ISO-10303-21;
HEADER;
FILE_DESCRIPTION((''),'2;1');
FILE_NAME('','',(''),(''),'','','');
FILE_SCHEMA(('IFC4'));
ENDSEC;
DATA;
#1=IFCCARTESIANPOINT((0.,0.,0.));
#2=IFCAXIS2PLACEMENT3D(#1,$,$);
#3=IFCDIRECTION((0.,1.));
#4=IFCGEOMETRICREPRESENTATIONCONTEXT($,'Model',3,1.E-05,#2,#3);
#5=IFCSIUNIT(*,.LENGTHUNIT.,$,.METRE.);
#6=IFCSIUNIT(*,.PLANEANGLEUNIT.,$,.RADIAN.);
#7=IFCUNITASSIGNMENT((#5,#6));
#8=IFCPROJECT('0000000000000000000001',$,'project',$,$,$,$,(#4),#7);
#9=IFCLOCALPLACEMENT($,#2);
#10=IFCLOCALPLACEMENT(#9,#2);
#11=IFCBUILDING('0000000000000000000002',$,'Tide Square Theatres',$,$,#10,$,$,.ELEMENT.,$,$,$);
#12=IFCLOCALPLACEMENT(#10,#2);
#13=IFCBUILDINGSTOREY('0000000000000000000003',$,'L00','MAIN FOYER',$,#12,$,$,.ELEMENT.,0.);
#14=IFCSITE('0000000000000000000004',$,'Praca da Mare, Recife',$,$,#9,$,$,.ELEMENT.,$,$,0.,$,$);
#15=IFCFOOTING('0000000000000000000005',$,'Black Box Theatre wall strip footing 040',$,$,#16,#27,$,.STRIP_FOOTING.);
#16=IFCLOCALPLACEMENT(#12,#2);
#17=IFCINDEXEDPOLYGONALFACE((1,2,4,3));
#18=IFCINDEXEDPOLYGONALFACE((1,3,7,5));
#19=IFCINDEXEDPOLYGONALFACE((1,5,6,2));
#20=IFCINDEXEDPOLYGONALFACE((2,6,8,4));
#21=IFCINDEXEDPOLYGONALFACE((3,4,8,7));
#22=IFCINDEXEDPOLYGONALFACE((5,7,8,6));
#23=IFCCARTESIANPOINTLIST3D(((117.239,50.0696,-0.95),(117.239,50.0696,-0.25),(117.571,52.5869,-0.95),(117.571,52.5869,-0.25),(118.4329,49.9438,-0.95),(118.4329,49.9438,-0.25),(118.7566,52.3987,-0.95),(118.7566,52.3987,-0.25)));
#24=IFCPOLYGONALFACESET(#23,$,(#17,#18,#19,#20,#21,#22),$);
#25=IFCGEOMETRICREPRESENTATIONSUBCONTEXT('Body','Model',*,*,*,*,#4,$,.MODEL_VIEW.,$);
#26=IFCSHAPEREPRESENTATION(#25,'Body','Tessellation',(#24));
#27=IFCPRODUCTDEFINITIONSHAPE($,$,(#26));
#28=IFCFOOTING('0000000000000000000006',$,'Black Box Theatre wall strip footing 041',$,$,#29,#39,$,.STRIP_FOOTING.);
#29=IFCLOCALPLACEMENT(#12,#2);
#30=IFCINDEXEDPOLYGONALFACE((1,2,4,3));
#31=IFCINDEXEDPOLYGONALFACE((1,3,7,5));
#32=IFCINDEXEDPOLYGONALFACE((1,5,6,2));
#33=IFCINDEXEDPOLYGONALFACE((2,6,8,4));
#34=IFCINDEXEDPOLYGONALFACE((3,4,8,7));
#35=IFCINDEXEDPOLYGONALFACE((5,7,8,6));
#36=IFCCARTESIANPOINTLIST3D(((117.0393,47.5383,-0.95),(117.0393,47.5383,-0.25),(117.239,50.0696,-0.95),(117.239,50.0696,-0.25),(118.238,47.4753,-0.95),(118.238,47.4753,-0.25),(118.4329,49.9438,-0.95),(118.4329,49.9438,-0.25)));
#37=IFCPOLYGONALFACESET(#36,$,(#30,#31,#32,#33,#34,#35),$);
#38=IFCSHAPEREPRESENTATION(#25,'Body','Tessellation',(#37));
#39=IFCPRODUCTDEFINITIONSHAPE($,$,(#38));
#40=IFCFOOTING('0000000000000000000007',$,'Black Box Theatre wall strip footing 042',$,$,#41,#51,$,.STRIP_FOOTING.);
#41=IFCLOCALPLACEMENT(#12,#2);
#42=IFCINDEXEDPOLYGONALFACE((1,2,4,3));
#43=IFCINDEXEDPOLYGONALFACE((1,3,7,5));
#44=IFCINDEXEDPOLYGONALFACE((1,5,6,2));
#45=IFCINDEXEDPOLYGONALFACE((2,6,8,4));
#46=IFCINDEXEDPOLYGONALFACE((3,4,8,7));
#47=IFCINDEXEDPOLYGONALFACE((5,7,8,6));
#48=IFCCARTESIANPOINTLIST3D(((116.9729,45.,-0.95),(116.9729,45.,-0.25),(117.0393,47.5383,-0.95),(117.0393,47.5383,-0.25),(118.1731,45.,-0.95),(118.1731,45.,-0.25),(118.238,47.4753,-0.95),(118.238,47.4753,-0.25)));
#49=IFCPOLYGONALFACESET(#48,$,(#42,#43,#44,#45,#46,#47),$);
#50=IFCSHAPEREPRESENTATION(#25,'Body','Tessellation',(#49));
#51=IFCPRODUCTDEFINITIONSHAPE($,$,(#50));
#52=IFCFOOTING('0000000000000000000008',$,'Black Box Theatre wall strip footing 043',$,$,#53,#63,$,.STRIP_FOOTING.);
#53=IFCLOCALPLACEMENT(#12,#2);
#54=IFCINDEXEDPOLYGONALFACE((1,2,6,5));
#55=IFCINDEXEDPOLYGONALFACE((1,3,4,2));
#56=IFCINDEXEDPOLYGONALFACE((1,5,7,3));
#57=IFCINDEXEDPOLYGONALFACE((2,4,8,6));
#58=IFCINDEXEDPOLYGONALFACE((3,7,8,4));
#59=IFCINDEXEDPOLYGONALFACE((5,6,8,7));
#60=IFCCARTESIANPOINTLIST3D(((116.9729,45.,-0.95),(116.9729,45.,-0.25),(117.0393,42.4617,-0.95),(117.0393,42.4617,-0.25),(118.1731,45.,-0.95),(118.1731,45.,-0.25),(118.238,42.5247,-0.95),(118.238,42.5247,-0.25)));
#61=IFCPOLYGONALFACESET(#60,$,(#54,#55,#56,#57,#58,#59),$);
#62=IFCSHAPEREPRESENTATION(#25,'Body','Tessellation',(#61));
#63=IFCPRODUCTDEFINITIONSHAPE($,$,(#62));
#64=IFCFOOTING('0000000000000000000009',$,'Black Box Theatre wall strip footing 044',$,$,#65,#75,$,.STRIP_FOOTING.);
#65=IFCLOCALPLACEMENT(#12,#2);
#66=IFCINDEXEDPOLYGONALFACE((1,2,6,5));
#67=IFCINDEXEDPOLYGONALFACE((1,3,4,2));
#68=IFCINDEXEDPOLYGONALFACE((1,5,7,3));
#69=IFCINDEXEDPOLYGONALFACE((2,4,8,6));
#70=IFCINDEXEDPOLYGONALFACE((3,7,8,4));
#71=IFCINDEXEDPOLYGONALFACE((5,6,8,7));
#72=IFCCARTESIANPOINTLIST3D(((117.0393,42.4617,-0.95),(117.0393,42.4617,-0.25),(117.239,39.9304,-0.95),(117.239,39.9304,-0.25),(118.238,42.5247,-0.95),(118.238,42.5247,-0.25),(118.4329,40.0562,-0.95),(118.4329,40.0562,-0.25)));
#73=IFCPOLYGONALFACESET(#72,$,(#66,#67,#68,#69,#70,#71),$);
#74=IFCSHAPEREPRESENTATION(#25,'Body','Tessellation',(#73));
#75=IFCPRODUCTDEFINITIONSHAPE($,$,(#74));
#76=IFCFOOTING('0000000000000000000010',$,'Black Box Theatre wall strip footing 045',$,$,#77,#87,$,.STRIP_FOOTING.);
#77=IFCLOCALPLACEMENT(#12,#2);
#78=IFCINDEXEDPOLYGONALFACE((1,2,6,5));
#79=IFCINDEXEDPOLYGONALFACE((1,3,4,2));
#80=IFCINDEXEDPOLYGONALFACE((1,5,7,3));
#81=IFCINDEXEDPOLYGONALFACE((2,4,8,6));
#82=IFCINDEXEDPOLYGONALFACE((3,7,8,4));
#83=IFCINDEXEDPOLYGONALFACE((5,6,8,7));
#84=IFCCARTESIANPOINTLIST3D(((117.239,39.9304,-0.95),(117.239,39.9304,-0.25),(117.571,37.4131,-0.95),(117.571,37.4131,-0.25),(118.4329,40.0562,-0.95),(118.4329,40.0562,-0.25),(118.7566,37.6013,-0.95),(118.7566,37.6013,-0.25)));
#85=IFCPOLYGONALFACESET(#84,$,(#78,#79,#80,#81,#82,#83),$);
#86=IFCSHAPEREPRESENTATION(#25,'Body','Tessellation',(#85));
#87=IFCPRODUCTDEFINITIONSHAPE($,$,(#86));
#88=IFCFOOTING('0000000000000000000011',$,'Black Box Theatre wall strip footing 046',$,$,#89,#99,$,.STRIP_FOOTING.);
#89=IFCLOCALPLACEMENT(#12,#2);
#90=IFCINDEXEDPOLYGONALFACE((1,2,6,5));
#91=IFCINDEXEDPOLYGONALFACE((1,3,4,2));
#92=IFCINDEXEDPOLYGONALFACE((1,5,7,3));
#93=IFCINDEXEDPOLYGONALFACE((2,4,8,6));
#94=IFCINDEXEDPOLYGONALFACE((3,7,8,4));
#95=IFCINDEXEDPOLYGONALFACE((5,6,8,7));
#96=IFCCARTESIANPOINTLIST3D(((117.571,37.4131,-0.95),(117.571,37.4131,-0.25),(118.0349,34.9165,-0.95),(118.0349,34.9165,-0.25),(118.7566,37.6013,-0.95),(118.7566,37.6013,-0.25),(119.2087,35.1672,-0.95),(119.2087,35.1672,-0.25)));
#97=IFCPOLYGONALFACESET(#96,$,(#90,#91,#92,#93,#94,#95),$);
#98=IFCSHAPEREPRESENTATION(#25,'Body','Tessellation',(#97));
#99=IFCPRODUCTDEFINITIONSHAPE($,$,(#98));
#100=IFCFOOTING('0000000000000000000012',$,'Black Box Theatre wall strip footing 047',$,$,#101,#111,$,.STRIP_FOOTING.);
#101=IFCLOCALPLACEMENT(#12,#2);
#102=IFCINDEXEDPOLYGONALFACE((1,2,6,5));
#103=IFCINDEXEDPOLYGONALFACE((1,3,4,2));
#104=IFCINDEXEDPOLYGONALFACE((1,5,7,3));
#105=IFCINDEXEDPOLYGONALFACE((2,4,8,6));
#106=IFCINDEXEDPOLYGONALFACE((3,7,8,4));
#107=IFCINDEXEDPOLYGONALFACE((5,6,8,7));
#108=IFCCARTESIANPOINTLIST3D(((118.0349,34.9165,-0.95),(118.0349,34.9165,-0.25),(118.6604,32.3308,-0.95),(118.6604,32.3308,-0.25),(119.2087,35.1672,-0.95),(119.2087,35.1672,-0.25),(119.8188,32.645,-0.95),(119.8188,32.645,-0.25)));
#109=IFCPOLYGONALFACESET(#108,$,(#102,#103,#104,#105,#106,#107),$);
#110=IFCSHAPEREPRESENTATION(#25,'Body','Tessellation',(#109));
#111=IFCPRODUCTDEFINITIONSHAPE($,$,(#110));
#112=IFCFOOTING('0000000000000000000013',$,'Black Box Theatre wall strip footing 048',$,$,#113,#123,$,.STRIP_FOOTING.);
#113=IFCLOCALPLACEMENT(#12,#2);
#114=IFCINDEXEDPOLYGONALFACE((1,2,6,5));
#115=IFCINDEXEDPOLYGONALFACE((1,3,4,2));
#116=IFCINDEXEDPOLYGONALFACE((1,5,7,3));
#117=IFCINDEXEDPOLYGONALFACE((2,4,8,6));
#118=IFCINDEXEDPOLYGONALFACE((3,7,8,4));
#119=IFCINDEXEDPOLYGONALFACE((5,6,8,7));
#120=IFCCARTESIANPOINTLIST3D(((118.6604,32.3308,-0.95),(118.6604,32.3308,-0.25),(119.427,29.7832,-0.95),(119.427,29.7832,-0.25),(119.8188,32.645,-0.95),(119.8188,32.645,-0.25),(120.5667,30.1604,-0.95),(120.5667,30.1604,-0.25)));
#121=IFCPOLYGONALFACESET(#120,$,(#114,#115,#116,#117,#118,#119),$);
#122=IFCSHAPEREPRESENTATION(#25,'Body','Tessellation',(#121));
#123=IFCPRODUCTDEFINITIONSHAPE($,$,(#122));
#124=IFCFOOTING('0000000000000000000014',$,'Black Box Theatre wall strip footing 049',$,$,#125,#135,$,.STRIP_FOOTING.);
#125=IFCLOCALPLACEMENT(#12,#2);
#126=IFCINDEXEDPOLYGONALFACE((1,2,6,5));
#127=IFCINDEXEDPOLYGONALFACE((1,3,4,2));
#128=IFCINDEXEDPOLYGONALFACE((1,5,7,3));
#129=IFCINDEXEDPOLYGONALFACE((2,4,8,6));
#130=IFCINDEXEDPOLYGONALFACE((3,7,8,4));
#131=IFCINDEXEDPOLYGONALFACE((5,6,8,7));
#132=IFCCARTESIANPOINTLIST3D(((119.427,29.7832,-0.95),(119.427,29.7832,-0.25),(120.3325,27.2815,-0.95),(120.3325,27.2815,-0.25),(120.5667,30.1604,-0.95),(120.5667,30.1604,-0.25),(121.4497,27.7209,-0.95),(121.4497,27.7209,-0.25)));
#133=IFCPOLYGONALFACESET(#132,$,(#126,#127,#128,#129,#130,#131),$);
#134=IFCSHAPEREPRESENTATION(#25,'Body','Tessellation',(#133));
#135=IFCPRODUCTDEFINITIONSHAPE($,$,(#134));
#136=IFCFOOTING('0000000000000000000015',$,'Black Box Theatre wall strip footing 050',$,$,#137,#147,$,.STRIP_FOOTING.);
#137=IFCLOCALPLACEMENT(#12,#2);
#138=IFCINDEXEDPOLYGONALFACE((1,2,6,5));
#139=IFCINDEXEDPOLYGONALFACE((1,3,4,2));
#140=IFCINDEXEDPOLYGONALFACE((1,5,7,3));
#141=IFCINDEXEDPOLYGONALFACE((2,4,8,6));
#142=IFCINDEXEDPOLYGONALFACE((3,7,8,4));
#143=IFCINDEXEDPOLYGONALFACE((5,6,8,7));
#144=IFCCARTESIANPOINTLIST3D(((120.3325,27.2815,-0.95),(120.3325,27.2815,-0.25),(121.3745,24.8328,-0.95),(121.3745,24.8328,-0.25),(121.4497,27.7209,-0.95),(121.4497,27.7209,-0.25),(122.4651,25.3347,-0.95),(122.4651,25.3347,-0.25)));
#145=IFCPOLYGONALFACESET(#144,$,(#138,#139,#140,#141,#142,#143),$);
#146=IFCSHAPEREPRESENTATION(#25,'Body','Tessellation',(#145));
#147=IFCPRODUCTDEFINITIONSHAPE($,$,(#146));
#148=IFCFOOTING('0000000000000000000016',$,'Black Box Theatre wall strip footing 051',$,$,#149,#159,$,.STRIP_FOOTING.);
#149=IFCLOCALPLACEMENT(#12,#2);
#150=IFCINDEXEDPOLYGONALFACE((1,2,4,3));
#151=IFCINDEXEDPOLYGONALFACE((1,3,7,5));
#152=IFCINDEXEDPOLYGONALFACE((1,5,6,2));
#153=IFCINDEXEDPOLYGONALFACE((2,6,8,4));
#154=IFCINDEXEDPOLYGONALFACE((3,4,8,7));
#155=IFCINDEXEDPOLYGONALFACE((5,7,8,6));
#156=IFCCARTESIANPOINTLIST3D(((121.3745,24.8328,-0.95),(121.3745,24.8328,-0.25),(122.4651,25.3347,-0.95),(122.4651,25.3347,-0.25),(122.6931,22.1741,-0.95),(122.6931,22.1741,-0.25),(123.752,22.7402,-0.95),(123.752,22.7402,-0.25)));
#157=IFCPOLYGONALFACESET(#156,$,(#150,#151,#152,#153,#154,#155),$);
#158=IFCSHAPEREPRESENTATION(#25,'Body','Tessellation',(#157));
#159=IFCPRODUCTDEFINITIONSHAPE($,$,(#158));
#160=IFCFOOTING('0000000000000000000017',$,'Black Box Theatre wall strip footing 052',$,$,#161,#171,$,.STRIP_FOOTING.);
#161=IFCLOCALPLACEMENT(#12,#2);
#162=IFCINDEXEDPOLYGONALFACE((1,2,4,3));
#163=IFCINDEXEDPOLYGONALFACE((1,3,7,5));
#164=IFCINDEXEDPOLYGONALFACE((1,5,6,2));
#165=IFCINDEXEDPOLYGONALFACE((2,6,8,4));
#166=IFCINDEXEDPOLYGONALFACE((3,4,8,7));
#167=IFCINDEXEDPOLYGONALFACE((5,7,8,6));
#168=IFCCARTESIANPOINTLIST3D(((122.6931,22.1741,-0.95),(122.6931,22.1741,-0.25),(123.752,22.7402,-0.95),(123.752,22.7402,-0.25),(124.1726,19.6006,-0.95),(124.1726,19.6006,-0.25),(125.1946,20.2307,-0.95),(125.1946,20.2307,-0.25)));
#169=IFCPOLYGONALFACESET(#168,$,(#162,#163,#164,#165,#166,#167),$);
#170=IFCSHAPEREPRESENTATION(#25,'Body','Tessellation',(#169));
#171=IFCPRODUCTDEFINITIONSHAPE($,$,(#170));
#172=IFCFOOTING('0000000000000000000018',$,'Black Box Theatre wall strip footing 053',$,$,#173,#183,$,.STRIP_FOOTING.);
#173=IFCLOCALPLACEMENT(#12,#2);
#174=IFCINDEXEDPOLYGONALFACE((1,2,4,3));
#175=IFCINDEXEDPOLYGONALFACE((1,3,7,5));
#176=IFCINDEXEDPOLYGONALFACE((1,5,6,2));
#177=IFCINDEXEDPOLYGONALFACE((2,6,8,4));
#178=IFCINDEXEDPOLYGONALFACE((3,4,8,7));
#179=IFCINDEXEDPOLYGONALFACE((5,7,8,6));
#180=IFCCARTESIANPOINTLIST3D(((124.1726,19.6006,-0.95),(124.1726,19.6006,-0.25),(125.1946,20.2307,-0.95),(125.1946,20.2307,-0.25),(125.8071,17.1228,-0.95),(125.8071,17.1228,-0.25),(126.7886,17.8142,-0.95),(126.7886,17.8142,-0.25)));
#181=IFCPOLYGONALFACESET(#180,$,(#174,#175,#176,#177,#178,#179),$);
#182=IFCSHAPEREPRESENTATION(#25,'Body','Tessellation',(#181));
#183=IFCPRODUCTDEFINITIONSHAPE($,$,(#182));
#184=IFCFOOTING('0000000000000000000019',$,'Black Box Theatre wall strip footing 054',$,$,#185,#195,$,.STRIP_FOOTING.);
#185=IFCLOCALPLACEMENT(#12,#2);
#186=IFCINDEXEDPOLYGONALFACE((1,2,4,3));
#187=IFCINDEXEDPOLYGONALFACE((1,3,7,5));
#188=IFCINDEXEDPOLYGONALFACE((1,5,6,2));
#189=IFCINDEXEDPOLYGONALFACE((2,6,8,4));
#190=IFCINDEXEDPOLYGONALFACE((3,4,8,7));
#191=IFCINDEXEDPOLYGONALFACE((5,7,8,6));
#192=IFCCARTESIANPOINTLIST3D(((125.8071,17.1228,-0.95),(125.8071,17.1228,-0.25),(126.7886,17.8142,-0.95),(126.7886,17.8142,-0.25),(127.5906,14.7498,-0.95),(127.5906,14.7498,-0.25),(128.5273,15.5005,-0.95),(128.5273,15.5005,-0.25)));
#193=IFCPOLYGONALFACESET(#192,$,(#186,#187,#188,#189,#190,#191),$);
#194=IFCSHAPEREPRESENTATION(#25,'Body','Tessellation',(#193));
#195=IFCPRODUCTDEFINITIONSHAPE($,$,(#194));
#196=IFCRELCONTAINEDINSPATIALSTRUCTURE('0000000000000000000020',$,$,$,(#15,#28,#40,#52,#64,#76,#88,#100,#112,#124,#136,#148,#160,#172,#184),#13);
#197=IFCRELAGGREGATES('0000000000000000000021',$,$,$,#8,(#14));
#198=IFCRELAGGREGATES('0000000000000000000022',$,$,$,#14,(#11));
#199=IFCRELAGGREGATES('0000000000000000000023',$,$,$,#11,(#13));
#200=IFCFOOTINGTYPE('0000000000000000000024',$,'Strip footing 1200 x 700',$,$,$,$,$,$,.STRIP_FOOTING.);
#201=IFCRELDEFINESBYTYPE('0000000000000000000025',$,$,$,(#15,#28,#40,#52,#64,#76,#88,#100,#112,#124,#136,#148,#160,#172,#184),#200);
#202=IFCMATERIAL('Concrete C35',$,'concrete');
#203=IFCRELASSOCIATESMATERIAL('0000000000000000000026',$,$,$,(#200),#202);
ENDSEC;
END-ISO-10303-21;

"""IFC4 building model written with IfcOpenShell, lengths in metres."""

from ifc_helpers import new_model, si_unit, direction, frame, origin, place, context, subcontext, project, spatial, polyline, outline, extrude, material, type_object, element, save


model = new_model("IFC4")

# Units and contexts
model_context = context("Model", 3, precision=1e-05, world=origin(), true_north=direction((0.0, 1.0)))
body_context = subcontext(model_context, "Body", "Model", "MODEL_VIEW")
ifc_project = project(units=[si_unit("LENGTHUNIT", "METRE"), si_unit("PLANEANGLEUNIT", "RADIAN")], contexts=[model_context])

# Site, building, storey
site_placement = place(None, origin())
site = spatial("IfcSite", under=ifc_project, at=site_placement, Name="Praca da Mare, Recife", CompositionType="ELEMENT", RefElevation=0.0)
building_placement = place(site_placement, origin())
building = spatial("IfcBuilding", under=site, at=building_placement, Name="Tide Square Theatres", CompositionType="ELEMENT")
storey_placement = place(building_placement, origin())
storey = spatial("IfcBuildingStorey", under=building, at=storey_placement, Name="L00", Description="MAIN FOYER", CompositionType="ELEMENT", Elevation=0.0)

# Footings
ifc_material_1 = material(Name="Concrete C35", Category="concrete")
footing_type_1 = type_object("IfcFootingType", Name="Strip footing 1200 x 700", PredefinedType="STRIP_FOOTING", material=ifc_material_1)
footing_1_placement = place(storey_placement, frame((0.0, 0.0, -0.95)))
element("IfcFooting", 1, at=footing_1_placement, inside=storey, type_object=footing_type_1, Name="Black Box Theatre wall strip footing 040", PredefinedType="STRIP_FOOTING", context=body_context, shape_type="SweptSolid", body=[
    extrude(outline(polyline([(117.571, 52.5869), (117.239, 50.0696), (118.4329, 49.9438), (118.7566, 52.3987), (117.571, 52.5869)])), origin(), (0.0, 0.0, 1.0), 0.7),
])
footing_2_placement = place(storey_placement, frame((0.0, 0.0, -0.95)))
element("IfcFooting", 2, at=footing_2_placement, inside=storey, type_object=footing_type_1, Name="Black Box Theatre wall strip footing 041", PredefinedType="STRIP_FOOTING", context=body_context, shape_type="SweptSolid", body=[
    extrude(outline(polyline([(117.239, 50.0696), (117.0393, 47.5383), (118.238, 47.4753), (118.4329, 49.9438), (117.239, 50.0696)])), origin(), (0.0, 0.0, 1.0), 0.7),
])
footing_3_placement = place(storey_placement, frame((0.0, 0.0, -0.95)))
element("IfcFooting", 3, at=footing_3_placement, inside=storey, type_object=footing_type_1, Name="Black Box Theatre wall strip footing 042", PredefinedType="STRIP_FOOTING", context=body_context, shape_type="SweptSolid", body=[
    extrude(outline(polyline([(117.0393, 47.5383), (116.9729, 45.0), (118.1731, 45.0), (118.238, 47.4753), (117.0393, 47.5383)])), origin(), (0.0, 0.0, 1.0), 0.7),
])
footing_4_placement = place(storey_placement, frame((0.0, 0.0, -0.95)))
element("IfcFooting", 4, at=footing_4_placement, inside=storey, type_object=footing_type_1, Name="Black Box Theatre wall strip footing 043", PredefinedType="STRIP_FOOTING", context=body_context, shape_type="SweptSolid", body=[
    extrude(outline(polyline([(116.9729, 45.0), (117.0393, 42.4617), (118.238, 42.5247), (118.1731, 45.0), (116.9729, 45.0)])), origin(), (0.0, 0.0, 1.0), 0.7),
])
footing_5_placement = place(storey_placement, frame((0.0, 0.0, -0.95)))
element("IfcFooting", 5, at=footing_5_placement, inside=storey, type_object=footing_type_1, Name="Black Box Theatre wall strip footing 044", PredefinedType="STRIP_FOOTING", context=body_context, shape_type="SweptSolid", body=[
    extrude(outline(polyline([(117.0393, 42.4617), (117.239, 39.9304), (118.4329, 40.0562), (118.238, 42.5247), (117.0393, 42.4617)])), origin(), (0.0, 0.0, 1.0), 0.7),
])
footing_6_placement = place(storey_placement, frame((0.0, 0.0, -0.95)))
element("IfcFooting", 6, at=footing_6_placement, inside=storey, type_object=footing_type_1, Name="Black Box Theatre wall strip footing 045", PredefinedType="STRIP_FOOTING", context=body_context, shape_type="SweptSolid", body=[
    extrude(outline(polyline([(117.239, 39.9304), (117.571, 37.4131), (118.7566, 37.6013), (118.4329, 40.0562), (117.239, 39.9304)])), origin(), (0.0, 0.0, 1.0), 0.7),
])
footing_7_placement = place(storey_placement, frame((0.0, 0.0, -0.95)))
element("IfcFooting", 7, at=footing_7_placement, inside=storey, type_object=footing_type_1, Name="Black Box Theatre wall strip footing 046", PredefinedType="STRIP_FOOTING", context=body_context, shape_type="SweptSolid", body=[
    extrude(outline(polyline([(117.571, 37.4131), (118.0349, 34.9165), (119.2087, 35.1672), (118.7566, 37.6013), (117.571, 37.4131)])), origin(), (0.0, 0.0, 1.0), 0.7),
])
footing_8_placement = place(storey_placement, frame((0.0, 0.0, -0.95)))
element("IfcFooting", 8, at=footing_8_placement, inside=storey, type_object=footing_type_1, Name="Black Box Theatre wall strip footing 047", PredefinedType="STRIP_FOOTING", context=body_context, shape_type="SweptSolid", body=[
    extrude(outline(polyline([(118.0349, 34.9165), (118.6604, 32.3308), (119.8188, 32.645), (119.2087, 35.1672), (118.0349, 34.9165)])), origin(), (0.0, 0.0, 1.0), 0.7),
])
footing_9_placement = place(storey_placement, frame((0.0, 0.0, -0.95)))
element("IfcFooting", 9, at=footing_9_placement, inside=storey, type_object=footing_type_1, Name="Black Box Theatre wall strip footing 048", PredefinedType="STRIP_FOOTING", context=body_context, shape_type="SweptSolid", body=[
    extrude(outline(polyline([(118.6604, 32.3308), (119.427, 29.7832), (120.5667, 30.1604), (119.8188, 32.645), (118.6604, 32.3308)])), origin(), (0.0, 0.0, 1.0), 0.7),
])
footing_10_placement = place(storey_placement, frame((0.0, 0.0, -0.95)))
element("IfcFooting", 10, at=footing_10_placement, inside=storey, type_object=footing_type_1, Name="Black Box Theatre wall strip footing 049", PredefinedType="STRIP_FOOTING", context=body_context, shape_type="SweptSolid", body=[
    extrude(outline(polyline([(119.427, 29.7832), (120.3325, 27.2815), (121.4497, 27.7209), (120.5667, 30.1604), (119.427, 29.7832)])), origin(), (0.0, 0.0, 1.0), 0.7),
])
footing_11_placement = place(storey_placement, frame((0.0, 0.0, -0.95)))
element("IfcFooting", 11, at=footing_11_placement, inside=storey, type_object=footing_type_1, Name="Black Box Theatre wall strip footing 050", PredefinedType="STRIP_FOOTING", context=body_context, shape_type="SweptSolid", body=[
    extrude(outline(polyline([(120.3325, 27.2815), (121.3745, 24.8328), (122.4651, 25.3347), (121.4497, 27.7209), (120.3325, 27.2815)])), origin(), (0.0, 0.0, 1.0), 0.7),
])
footing_12_placement = place(storey_placement, frame((0.0, 0.0, -0.95)))
element("IfcFooting", 12, at=footing_12_placement, inside=storey, type_object=footing_type_1, Name="Black Box Theatre wall strip footing 051", PredefinedType="STRIP_FOOTING", context=body_context, shape_type="SweptSolid", body=[
    extrude(outline(polyline([(121.3745, 24.8328), (122.6931, 22.1741), (123.752, 22.7402), (122.4651, 25.3347), (121.3745, 24.8328)])), origin(), (0.0, 0.0, 1.0), 0.7),
])
footing_13_placement = place(storey_placement, frame((0.0, 0.0, -0.95)))
element("IfcFooting", 13, at=footing_13_placement, inside=storey, type_object=footing_type_1, Name="Black Box Theatre wall strip footing 052", PredefinedType="STRIP_FOOTING", context=body_context, shape_type="SweptSolid", body=[
    extrude(outline(polyline([(122.6931, 22.1741), (124.1726, 19.6006), (125.1946, 20.2307), (123.752, 22.7402), (122.6931, 22.1741)])), origin(), (0.0, 0.0, 1.0), 0.7),
])
footing_14_placement = place(storey_placement, frame((0.0, 0.0, -0.95)))
element("IfcFooting", 14, at=footing_14_placement, inside=storey, type_object=footing_type_1, Name="Black Box Theatre wall strip footing 053", PredefinedType="STRIP_FOOTING", context=body_context, shape_type="SweptSolid", body=[
    extrude(outline(polyline([(124.1726, 19.6006), (125.8071, 17.1228), (126.7886, 17.8142), (125.1946, 20.2307), (124.1726, 19.6006)])), origin(), (0.0, 0.0, 1.0), 0.7),
])
footing_15_placement = place(storey_placement, frame((0.0, 0.0, -0.95)))
element("IfcFooting", 15, at=footing_15_placement, inside=storey, type_object=footing_type_1, Name="Black Box Theatre wall strip footing 054", PredefinedType="STRIP_FOOTING", context=body_context, shape_type="SweptSolid", body=[
    extrude(outline(polyline([(125.8071, 17.1228), (127.5906, 14.7498), (128.5273, 15.5005), (126.7886, 17.8142), (125.8071, 17.1228)])), origin(), (0.0, 0.0, 1.0), 0.7),
])

save(model, "model.ifc")
